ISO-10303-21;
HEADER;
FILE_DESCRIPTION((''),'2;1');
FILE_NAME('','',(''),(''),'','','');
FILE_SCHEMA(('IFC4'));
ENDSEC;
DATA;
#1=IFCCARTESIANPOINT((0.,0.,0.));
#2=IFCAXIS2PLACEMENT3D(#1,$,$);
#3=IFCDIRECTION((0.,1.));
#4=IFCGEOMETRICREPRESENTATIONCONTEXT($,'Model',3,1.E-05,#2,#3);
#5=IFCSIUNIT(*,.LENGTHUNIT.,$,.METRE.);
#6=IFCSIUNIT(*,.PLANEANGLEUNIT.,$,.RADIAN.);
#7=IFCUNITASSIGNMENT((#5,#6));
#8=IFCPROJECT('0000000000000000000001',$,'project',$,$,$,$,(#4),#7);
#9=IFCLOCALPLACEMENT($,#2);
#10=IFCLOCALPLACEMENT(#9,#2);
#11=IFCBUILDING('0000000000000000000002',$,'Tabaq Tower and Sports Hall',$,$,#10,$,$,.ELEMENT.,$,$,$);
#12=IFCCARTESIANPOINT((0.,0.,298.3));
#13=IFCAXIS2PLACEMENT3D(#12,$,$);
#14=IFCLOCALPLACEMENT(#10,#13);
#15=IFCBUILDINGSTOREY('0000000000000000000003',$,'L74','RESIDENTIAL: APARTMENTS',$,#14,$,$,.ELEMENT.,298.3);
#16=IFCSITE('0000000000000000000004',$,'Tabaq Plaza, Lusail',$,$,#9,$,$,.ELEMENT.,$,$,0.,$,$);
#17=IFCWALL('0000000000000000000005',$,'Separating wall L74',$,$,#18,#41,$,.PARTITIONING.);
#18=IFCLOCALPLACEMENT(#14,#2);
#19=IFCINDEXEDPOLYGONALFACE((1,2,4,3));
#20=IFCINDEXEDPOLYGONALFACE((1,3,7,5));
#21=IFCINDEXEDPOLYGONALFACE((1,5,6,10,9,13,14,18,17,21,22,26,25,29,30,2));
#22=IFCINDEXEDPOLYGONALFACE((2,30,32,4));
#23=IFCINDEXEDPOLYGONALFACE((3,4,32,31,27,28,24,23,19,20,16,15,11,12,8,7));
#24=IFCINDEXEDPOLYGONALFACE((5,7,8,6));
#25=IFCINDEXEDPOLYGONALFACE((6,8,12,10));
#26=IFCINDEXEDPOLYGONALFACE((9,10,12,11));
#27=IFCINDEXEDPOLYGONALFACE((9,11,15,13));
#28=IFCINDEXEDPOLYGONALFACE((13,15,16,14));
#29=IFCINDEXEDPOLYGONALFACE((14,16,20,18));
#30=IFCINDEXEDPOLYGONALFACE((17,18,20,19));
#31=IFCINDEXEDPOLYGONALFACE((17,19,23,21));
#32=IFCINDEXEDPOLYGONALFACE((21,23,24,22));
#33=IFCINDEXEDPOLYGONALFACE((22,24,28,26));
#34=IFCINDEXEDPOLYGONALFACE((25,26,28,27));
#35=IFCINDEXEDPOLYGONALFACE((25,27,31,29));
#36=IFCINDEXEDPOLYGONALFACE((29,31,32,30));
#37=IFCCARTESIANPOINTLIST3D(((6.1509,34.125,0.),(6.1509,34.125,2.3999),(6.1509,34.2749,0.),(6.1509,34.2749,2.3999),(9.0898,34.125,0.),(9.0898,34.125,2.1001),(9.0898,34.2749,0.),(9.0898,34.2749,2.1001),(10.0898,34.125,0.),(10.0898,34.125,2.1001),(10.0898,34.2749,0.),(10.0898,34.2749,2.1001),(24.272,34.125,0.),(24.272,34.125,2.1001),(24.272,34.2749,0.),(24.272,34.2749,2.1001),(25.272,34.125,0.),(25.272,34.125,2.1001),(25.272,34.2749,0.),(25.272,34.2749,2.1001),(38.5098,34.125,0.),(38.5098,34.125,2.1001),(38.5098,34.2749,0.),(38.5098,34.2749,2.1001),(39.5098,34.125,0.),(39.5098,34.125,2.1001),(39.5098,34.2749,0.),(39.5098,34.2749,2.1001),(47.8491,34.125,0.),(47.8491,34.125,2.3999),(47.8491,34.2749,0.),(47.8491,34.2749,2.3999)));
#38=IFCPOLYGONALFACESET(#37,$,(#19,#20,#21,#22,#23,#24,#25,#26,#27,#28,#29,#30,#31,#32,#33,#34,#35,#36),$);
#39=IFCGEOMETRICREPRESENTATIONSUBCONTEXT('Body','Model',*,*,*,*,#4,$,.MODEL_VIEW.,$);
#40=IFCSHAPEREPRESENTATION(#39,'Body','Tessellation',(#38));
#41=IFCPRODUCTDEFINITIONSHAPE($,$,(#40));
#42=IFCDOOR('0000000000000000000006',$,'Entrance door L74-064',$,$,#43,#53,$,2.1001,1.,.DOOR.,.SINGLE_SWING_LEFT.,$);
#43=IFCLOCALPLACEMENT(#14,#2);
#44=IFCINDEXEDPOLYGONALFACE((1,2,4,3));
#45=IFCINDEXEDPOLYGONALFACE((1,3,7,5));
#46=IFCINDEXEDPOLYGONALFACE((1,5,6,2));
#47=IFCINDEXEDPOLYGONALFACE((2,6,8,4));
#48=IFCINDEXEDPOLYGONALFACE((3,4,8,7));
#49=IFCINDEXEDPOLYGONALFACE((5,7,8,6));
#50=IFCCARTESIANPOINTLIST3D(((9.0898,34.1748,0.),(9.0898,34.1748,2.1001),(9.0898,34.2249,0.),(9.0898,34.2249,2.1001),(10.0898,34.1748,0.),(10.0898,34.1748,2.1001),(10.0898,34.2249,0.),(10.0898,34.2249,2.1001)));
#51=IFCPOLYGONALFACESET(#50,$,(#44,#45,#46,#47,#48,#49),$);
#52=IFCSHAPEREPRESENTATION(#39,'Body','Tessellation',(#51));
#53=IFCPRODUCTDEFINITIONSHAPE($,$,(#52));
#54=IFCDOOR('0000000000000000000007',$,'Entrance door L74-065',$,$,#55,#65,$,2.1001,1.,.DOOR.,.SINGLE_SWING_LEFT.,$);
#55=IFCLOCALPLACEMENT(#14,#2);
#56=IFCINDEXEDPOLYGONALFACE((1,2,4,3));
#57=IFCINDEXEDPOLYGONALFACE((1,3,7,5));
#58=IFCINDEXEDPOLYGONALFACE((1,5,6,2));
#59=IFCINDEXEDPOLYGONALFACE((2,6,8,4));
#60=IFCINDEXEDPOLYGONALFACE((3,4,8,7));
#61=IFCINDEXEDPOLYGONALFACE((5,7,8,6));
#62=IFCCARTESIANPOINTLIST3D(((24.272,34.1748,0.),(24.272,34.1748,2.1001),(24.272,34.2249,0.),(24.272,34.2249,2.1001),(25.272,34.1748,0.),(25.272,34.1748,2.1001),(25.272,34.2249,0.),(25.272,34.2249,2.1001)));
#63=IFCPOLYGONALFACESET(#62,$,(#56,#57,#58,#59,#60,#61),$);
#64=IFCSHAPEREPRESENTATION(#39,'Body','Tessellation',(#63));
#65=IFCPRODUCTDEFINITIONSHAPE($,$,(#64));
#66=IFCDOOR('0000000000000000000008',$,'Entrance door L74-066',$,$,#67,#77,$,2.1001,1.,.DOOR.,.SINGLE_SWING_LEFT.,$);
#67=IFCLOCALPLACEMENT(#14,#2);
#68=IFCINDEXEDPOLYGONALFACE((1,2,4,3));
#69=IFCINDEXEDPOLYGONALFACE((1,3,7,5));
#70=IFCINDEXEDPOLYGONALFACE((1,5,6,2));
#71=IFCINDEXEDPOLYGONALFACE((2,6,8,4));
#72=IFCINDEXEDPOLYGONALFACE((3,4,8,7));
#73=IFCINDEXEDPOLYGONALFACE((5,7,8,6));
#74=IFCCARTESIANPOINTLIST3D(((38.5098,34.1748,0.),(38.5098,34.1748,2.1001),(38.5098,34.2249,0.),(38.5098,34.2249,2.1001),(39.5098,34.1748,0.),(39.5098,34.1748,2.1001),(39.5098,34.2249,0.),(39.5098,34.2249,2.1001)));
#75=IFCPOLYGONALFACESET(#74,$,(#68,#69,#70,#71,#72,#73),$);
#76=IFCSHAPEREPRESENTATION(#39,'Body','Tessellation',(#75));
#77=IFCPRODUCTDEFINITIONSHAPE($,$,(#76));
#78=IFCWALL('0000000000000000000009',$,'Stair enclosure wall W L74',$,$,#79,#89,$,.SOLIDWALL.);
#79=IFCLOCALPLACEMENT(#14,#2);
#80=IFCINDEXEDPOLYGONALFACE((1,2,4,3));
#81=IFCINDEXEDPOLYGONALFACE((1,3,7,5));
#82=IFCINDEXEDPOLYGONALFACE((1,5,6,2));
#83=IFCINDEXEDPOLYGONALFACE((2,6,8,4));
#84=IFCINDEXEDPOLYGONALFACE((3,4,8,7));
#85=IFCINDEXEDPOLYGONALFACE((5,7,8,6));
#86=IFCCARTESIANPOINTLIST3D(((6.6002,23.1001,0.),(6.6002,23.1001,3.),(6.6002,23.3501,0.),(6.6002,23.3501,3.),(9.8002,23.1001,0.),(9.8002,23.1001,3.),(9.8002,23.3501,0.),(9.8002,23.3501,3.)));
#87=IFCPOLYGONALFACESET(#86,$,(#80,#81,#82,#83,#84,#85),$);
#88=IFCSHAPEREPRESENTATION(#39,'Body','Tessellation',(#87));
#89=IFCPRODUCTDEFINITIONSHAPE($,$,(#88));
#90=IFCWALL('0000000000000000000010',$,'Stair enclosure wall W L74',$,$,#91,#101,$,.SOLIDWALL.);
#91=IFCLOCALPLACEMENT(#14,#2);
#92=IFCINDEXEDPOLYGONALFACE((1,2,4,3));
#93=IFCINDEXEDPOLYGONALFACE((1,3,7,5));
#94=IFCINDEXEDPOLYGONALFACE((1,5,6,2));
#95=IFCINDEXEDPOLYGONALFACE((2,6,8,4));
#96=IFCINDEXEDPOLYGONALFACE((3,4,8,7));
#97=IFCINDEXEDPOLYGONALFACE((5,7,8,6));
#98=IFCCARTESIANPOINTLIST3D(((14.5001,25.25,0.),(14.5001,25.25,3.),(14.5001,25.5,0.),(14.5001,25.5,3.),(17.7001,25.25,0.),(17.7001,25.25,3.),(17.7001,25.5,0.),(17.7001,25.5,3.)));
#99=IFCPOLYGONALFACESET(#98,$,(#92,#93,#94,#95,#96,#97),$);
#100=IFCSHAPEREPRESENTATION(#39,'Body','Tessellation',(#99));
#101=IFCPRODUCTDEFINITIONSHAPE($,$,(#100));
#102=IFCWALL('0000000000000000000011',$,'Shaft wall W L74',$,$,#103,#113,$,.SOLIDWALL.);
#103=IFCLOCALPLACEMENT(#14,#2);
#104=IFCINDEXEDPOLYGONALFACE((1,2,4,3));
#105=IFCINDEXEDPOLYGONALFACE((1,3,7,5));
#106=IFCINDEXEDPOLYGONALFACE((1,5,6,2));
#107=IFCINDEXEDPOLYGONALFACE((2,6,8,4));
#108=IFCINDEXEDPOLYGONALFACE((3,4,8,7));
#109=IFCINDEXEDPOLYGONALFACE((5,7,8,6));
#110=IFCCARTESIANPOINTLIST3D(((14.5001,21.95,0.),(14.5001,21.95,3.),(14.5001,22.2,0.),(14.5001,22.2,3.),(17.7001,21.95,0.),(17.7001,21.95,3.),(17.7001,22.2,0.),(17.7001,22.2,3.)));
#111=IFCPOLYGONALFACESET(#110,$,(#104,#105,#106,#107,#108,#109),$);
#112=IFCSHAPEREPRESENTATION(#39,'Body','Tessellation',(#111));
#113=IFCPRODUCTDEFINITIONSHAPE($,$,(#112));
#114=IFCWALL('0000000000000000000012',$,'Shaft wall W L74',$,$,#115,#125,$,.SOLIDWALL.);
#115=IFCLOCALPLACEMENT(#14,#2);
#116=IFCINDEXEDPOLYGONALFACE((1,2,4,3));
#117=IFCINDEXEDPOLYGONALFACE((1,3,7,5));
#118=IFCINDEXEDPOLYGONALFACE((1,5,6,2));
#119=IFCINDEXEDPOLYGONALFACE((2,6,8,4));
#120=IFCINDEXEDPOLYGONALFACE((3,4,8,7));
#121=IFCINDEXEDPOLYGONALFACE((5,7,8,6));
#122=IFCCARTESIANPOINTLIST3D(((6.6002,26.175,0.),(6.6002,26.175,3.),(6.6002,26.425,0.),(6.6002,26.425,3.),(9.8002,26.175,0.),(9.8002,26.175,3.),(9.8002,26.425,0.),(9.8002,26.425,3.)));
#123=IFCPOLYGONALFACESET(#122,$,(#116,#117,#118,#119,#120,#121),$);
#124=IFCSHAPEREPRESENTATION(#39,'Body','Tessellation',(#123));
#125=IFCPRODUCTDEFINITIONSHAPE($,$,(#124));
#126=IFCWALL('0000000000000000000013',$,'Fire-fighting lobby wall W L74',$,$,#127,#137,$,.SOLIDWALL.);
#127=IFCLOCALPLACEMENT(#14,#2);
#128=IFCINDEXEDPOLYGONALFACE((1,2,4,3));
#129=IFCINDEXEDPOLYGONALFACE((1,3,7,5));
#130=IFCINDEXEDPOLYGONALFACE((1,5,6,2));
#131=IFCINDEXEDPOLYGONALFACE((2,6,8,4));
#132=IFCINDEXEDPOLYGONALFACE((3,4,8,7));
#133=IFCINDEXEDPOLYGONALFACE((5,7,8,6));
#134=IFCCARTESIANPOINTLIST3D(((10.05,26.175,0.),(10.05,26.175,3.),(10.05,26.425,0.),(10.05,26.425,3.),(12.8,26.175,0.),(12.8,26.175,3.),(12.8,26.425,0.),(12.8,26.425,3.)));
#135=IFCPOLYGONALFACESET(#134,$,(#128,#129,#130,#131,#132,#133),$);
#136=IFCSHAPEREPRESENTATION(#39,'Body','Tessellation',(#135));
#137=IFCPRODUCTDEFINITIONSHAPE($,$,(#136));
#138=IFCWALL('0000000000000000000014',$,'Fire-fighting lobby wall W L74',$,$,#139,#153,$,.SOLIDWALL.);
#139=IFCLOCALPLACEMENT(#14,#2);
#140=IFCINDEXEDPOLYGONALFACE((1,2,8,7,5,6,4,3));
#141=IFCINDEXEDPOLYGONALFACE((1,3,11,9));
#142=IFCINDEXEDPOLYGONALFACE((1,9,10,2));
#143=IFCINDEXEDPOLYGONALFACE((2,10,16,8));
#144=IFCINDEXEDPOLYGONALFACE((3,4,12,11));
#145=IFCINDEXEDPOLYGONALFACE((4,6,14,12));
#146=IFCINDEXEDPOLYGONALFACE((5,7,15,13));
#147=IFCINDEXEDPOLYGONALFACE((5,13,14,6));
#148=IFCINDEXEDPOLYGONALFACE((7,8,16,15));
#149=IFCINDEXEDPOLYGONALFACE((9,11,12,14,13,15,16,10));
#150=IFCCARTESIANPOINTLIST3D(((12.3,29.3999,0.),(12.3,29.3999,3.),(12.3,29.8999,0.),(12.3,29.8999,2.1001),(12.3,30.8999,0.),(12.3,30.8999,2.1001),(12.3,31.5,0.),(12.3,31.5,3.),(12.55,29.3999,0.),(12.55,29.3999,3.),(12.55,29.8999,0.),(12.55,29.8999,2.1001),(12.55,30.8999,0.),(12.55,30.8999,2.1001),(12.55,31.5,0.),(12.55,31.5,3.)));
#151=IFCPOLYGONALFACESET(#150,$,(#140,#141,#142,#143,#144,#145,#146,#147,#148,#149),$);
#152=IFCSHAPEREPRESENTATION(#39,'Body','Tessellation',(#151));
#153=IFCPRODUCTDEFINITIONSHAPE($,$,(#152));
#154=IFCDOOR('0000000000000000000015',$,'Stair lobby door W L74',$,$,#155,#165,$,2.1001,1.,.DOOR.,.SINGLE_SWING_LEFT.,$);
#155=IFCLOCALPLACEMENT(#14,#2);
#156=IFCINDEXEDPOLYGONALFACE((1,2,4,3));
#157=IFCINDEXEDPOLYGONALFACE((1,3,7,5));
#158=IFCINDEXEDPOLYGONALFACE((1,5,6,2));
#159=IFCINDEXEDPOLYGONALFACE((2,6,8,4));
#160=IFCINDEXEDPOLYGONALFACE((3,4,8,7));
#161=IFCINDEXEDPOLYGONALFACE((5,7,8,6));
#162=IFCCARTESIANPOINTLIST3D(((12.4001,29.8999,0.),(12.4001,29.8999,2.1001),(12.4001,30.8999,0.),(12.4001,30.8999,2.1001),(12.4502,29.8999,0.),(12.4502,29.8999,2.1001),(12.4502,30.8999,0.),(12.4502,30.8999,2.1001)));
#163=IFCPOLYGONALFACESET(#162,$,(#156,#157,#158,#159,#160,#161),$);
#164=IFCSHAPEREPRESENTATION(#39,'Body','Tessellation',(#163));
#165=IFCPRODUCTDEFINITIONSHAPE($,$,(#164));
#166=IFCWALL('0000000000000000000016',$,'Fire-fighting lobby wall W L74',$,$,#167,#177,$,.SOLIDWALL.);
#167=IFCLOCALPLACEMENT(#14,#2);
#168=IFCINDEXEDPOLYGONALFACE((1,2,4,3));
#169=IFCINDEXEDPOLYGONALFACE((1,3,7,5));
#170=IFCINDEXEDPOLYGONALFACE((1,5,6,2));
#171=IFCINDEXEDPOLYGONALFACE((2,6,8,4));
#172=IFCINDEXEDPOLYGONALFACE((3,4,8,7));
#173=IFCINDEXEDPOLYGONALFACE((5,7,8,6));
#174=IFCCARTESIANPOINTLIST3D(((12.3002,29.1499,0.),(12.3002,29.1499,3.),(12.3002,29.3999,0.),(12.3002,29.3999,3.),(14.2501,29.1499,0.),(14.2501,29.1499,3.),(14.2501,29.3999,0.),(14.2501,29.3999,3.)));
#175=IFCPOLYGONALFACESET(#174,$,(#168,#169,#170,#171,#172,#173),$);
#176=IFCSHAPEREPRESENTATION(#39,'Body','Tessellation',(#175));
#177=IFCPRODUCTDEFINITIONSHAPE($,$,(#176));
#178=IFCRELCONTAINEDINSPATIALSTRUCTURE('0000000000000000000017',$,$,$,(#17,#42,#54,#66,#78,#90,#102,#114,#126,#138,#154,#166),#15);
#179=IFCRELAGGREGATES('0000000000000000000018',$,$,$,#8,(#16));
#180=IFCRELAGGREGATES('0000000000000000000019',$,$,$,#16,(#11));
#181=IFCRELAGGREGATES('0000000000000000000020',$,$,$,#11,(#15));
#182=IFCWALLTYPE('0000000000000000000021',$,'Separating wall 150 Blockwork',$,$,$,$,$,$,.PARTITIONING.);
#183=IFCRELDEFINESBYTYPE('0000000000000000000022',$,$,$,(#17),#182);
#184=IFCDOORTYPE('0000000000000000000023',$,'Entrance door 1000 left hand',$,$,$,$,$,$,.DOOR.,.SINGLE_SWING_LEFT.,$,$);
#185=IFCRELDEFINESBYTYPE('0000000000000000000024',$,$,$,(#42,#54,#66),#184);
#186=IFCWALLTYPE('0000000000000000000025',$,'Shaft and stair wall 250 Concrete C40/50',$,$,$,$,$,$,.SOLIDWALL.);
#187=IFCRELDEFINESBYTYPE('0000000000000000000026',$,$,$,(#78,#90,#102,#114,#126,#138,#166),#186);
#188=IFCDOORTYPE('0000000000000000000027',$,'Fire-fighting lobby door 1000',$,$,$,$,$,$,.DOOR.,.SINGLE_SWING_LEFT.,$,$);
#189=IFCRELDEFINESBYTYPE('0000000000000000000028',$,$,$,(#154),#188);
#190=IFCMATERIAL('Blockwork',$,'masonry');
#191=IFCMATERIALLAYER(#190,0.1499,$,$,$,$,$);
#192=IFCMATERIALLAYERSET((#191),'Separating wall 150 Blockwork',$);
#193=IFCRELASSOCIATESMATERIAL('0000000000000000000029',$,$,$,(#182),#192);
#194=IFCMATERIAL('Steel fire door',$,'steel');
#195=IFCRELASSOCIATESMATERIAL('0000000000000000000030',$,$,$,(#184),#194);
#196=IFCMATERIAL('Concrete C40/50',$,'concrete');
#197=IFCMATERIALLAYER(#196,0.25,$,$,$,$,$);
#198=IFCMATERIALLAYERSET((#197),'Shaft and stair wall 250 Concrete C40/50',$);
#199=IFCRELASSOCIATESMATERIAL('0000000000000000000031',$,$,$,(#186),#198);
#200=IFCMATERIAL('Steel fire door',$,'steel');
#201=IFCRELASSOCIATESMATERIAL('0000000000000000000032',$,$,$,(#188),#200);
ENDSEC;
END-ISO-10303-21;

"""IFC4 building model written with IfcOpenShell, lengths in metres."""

from ifc_helpers import new_model, si_unit, direction, frame, frame_2d, origin, place, context, subcontext, project, spatial, rectangle, extrude, material, layer, layer_set, type_object, element, fill, save


model = new_model("IFC4")

# Units and contexts
model_context = context("Model", 3, precision=1e-05, world=origin(), true_north=direction((0.0, 1.0)))
body_context = subcontext(model_context, "Body", "Model", "MODEL_VIEW")
ifc_project = project(units=[si_unit("LENGTHUNIT", "METRE"), si_unit("PLANEANGLEUNIT", "RADIAN")], contexts=[model_context])

# Site, building, storey
site_placement = place(None, origin())
site = spatial("IfcSite", under=ifc_project, at=site_placement, Name="Tabaq Plaza, Lusail", CompositionType="ELEMENT", RefElevation=0.0)
building_placement = place(site_placement, origin())
building = spatial("IfcBuilding", under=site, at=building_placement, Name="Tabaq Tower and Sports Hall", CompositionType="ELEMENT")
storey_placement = place(building_placement, frame((0.0, 0.0, 298.3)))
storey = spatial("IfcBuildingStorey", under=building, at=storey_placement, Name="L74", Description="RESIDENTIAL: APARTMENTS", CompositionType="ELEMENT", Elevation=298.3)

# Wall, openings, doors
ifc_material_1 = material(Name="Blockwork", Category="masonry")
ifc_layer_1 = layer(ifc_material_1, 0.1499)
ifc_layer_set_1 = layer_set([ifc_layer_1], Name="Separating wall 150 Blockwork")
wall_type_1 = type_object("IfcWallType", Name="Separating wall 150 Blockwork", PredefinedType="PARTITIONING", material=ifc_layer_set_1)
wall_1_placement = place(storey_placement, frame((6.1509, 34.2, 0.0), z_axis=(0.0, 0.0, 1.0), x_axis=(1.0, 0.0, 0.0)))
wall_1 = element("IfcWall", 1, at=wall_1_placement, inside=storey, type_object=wall_type_1, Name="Separating wall L74", PredefinedType="PARTITIONING", context=body_context, shape_type="SweptSolid", body=[
    extrude(rectangle(XDim=41.6982, YDim=0.1499, at=frame_2d((20.8491, 0.0))), origin(), (0.0, 0.0, 1.0), 2.3999),
])
opening_1_placement = place(wall_1_placement, frame((2.939, 0.0, 0.0)))
opening_1 = element("IfcOpeningElement", 2, at=opening_1_placement, cuts=wall_1, PredefinedType="OPENING", context=body_context, shape_type="SweptSolid", body=[
    extrude(rectangle(XDim=1.0, YDim=2.1001, at=frame_2d((0.5, 1.05))), frame((0.0, 0.075, 0.0), z_axis=(0.0, -1.0, 0.0), x_axis=(1.0, 0.0, 0.0)), (0.0, 0.0, 1.0), 0.1499),
])
opening_2_placement = place(wall_1_placement, frame((18.1211, 0.0, 0.0)))
opening_2 = element("IfcOpeningElement", 3, at=opening_2_placement, cuts=wall_1, PredefinedType="OPENING", context=body_context, shape_type="SweptSolid", body=[
    extrude(rectangle(XDim=1.0, YDim=2.1001, at=frame_2d((0.5, 1.05))), frame((0.0, 0.075, 0.0), z_axis=(0.0, -1.0, 0.0), x_axis=(1.0, 0.0, 0.0)), (0.0, 0.0, 1.0), 0.1499),
])
opening_3_placement = place(wall_1_placement, frame((32.3589, 0.0, 0.0)))
opening_3 = element("IfcOpeningElement", 4, at=opening_3_placement, cuts=wall_1, PredefinedType="OPENING", context=body_context, shape_type="SweptSolid", body=[
    extrude(rectangle(XDim=1.0, YDim=2.1001, at=frame_2d((0.5, 1.05))), frame((0.0, 0.075, 0.0), z_axis=(0.0, -1.0, 0.0), x_axis=(1.0, 0.0, 0.0)), (0.0, 0.0, 1.0), 0.1499),
])
ifc_material_2 = material(Name="Steel fire door", Category="steel")
door_type_1 = type_object("IfcDoorType", Name="Entrance door 1000 left hand", OperationType="SINGLE_SWING_LEFT", PredefinedType="DOOR", material=ifc_material_2)
door_1_placement = place(opening_1_placement, origin())
door_1 = element("IfcDoor", 5, at=door_1_placement, inside=storey, type_object=door_type_1, Name="Entrance door L74-064", OperationType="SINGLE_SWING_LEFT", OverallHeight=2.1001, OverallWidth=1.0, PredefinedType="DOOR", context=body_context, shape_type="SweptSolid", body=[
    extrude(rectangle(XDim=1.0, YDim=2.1001, at=frame_2d((0.5, 1.05))), frame((0.0, 0.0249, 0.0), z_axis=(0.0, -1.0, 0.0), x_axis=(1.0, 0.0, 0.0)), (0.0, 0.0, 1.0), 0.05),
])
fill(opening_1, door_1)
door_2_placement = place(opening_2_placement, origin())
door_2 = element("IfcDoor", 6, at=door_2_placement, inside=storey, type_object=door_type_1, Name="Entrance door L74-065", OperationType="SINGLE_SWING_LEFT", OverallHeight=2.1001, OverallWidth=1.0, PredefinedType="DOOR", context=body_context, shape_type="SweptSolid", body=[
    extrude(rectangle(XDim=1.0, YDim=2.1001, at=frame_2d((0.5, 1.05))), frame((0.0, 0.0249, 0.0), z_axis=(0.0, -1.0, 0.0), x_axis=(1.0, 0.0, 0.0)), (0.0, 0.0, 1.0), 0.05),
])
fill(opening_2, door_2)
door_3_placement = place(opening_3_placement, origin())
door_3 = element("IfcDoor", 7, at=door_3_placement, inside=storey, type_object=door_type_1, Name="Entrance door L74-066", OperationType="SINGLE_SWING_LEFT", OverallHeight=2.1001, OverallWidth=1.0, PredefinedType="DOOR", context=body_context, shape_type="SweptSolid", body=[
    extrude(rectangle(XDim=1.0, YDim=2.1001, at=frame_2d((0.5, 1.05))), frame((0.0, 0.0249, 0.0), z_axis=(0.0, -1.0, 0.0), x_axis=(1.0, 0.0, 0.0)), (0.0, 0.0, 1.0), 0.05),
])
fill(opening_3, door_3)

# Walls
ifc_material_3 = material(Name="Concrete C40/50", Category="concrete")
ifc_layer_2 = layer(ifc_material_3, 0.25)
ifc_layer_set_2 = layer_set([ifc_layer_2], Name="Shaft and stair wall 250 Concrete C40/50")
wall_type_2 = type_object("IfcWallType", Name="Shaft and stair wall 250 Concrete C40/50", PredefinedType="SOLIDWALL", material=ifc_layer_set_2)
for number, where, z_axis, x_axis, name in (
    (8, (6.6001, 23.2251, 0.0), (0.0, 0.0, 1.0), (1.0, 0.0, 0.0), "Stair enclosure wall W L74"),
    (9, (14.5, 25.375, 0.0), (0.0, 0.0, 1.0), (1.0, 0.0, 0.0), "Stair enclosure wall W L74"),
    (10, (14.5, 22.075, 0.0), (0.0, 0.0, 1.0), (1.0, 0.0, 0.0), "Shaft wall W L74"),
    (11, (6.6001, 26.3, 0.0), (0.0, 0.0, 1.0), (1.0, 0.0, 0.0), "Shaft wall W L74"),
):
    element("IfcWall", number, at=place(storey_placement, frame(where, z_axis=z_axis, x_axis=x_axis)), inside=storey, type_object=wall_type_2, Name=name, PredefinedType="SOLIDWALL", context=body_context, shape_type="SweptSolid", body=[
        extrude(rectangle(XDim=3.2, YDim=0.25, at=frame_2d((1.6001, 0.0))), origin(), (0.0, 0.0, 1.0), 3.0),
    ])
wall_2_placement = place(storey_placement, frame((10.05, 26.3, 0.0), z_axis=(0.0, 0.0, 1.0), x_axis=(1.0, 0.0, 0.0)))
element("IfcWall", 12, at=wall_2_placement, inside=storey, type_object=wall_type_2, Name="Fire-fighting lobby wall W L74", PredefinedType="SOLIDWALL", context=body_context, shape_type="SweptSolid", body=[
    extrude(rectangle(XDim=2.75, YDim=0.25, at=frame_2d((1.375, 0.0))), origin(), (0.0, 0.0, 1.0), 3.0),
])

# Wall, opening, door
wall_3_placement = place(storey_placement, frame((12.425, 29.3999, 0.0), z_axis=(0.0, 0.0, 1.0), x_axis=(0.0, 1.0, 0.0)))
wall_3 = element("IfcWall", 13, at=wall_3_placement, inside=storey, type_object=wall_type_2, Name="Fire-fighting lobby wall W L74", PredefinedType="SOLIDWALL", context=body_context, shape_type="SweptSolid", body=[
    extrude(rectangle(XDim=2.1001, YDim=0.25, at=frame_2d((1.05, 0.0))), origin(), (0.0, 0.0, 1.0), 3.0),
])
opening_4_placement = place(wall_3_placement, frame((0.5, 0.0, 0.0)))
opening_4 = element("IfcOpeningElement", 14, at=opening_4_placement, cuts=wall_3, PredefinedType="OPENING", context=body_context, shape_type="SweptSolid", body=[
    extrude(rectangle(XDim=1.0, YDim=2.1001, at=frame_2d((0.5, 1.05))), frame((0.0, 0.125, 0.0), z_axis=(0.0, -1.0, 0.0), x_axis=(1.0, 0.0, 0.0)), (0.0, 0.0, 1.0), 0.25),
])
ifc_material_4 = material(Name="Steel fire door", Category="steel")
door_type_2 = type_object("IfcDoorType", Name="Fire-fighting lobby door 1000", OperationType="SINGLE_SWING_LEFT", PredefinedType="DOOR", material=ifc_material_4)
door_4_placement = place(opening_4_placement, origin())
door_4 = element("IfcDoor", 15, at=door_4_placement, inside=storey, type_object=door_type_2, Name="Stair lobby door W L74", OperationType="SINGLE_SWING_LEFT", OverallHeight=2.1001, OverallWidth=1.0, PredefinedType="DOOR", context=body_context, shape_type="SweptSolid", body=[
    extrude(rectangle(XDim=1.0, YDim=2.1001, at=frame_2d((0.5, 1.05))), frame((0.0, 0.0249, 0.0), z_axis=(0.0, -1.0, 0.0), x_axis=(1.0, 0.0, 0.0)), (0.0, 0.0, 1.0), 0.05),
])
fill(opening_4, door_4)

# Wall
wall_4_placement = place(storey_placement, frame((12.3, 29.2749, 0.0), z_axis=(0.0, 0.0, 1.0), x_axis=(1.0, 0.0, 0.0)))
element("IfcWall", 16, at=wall_4_placement, inside=storey, type_object=wall_type_2, Name="Fire-fighting lobby wall W L74", PredefinedType="SOLIDWALL", context=body_context, shape_type="SweptSolid", body=[
    extrude(rectangle(XDim=1.95, YDim=0.25, at=frame_2d((0.9751, 0.0))), origin(), (0.0, 0.0, 1.0), 3.0),
])

save(model, "model.ifc")
